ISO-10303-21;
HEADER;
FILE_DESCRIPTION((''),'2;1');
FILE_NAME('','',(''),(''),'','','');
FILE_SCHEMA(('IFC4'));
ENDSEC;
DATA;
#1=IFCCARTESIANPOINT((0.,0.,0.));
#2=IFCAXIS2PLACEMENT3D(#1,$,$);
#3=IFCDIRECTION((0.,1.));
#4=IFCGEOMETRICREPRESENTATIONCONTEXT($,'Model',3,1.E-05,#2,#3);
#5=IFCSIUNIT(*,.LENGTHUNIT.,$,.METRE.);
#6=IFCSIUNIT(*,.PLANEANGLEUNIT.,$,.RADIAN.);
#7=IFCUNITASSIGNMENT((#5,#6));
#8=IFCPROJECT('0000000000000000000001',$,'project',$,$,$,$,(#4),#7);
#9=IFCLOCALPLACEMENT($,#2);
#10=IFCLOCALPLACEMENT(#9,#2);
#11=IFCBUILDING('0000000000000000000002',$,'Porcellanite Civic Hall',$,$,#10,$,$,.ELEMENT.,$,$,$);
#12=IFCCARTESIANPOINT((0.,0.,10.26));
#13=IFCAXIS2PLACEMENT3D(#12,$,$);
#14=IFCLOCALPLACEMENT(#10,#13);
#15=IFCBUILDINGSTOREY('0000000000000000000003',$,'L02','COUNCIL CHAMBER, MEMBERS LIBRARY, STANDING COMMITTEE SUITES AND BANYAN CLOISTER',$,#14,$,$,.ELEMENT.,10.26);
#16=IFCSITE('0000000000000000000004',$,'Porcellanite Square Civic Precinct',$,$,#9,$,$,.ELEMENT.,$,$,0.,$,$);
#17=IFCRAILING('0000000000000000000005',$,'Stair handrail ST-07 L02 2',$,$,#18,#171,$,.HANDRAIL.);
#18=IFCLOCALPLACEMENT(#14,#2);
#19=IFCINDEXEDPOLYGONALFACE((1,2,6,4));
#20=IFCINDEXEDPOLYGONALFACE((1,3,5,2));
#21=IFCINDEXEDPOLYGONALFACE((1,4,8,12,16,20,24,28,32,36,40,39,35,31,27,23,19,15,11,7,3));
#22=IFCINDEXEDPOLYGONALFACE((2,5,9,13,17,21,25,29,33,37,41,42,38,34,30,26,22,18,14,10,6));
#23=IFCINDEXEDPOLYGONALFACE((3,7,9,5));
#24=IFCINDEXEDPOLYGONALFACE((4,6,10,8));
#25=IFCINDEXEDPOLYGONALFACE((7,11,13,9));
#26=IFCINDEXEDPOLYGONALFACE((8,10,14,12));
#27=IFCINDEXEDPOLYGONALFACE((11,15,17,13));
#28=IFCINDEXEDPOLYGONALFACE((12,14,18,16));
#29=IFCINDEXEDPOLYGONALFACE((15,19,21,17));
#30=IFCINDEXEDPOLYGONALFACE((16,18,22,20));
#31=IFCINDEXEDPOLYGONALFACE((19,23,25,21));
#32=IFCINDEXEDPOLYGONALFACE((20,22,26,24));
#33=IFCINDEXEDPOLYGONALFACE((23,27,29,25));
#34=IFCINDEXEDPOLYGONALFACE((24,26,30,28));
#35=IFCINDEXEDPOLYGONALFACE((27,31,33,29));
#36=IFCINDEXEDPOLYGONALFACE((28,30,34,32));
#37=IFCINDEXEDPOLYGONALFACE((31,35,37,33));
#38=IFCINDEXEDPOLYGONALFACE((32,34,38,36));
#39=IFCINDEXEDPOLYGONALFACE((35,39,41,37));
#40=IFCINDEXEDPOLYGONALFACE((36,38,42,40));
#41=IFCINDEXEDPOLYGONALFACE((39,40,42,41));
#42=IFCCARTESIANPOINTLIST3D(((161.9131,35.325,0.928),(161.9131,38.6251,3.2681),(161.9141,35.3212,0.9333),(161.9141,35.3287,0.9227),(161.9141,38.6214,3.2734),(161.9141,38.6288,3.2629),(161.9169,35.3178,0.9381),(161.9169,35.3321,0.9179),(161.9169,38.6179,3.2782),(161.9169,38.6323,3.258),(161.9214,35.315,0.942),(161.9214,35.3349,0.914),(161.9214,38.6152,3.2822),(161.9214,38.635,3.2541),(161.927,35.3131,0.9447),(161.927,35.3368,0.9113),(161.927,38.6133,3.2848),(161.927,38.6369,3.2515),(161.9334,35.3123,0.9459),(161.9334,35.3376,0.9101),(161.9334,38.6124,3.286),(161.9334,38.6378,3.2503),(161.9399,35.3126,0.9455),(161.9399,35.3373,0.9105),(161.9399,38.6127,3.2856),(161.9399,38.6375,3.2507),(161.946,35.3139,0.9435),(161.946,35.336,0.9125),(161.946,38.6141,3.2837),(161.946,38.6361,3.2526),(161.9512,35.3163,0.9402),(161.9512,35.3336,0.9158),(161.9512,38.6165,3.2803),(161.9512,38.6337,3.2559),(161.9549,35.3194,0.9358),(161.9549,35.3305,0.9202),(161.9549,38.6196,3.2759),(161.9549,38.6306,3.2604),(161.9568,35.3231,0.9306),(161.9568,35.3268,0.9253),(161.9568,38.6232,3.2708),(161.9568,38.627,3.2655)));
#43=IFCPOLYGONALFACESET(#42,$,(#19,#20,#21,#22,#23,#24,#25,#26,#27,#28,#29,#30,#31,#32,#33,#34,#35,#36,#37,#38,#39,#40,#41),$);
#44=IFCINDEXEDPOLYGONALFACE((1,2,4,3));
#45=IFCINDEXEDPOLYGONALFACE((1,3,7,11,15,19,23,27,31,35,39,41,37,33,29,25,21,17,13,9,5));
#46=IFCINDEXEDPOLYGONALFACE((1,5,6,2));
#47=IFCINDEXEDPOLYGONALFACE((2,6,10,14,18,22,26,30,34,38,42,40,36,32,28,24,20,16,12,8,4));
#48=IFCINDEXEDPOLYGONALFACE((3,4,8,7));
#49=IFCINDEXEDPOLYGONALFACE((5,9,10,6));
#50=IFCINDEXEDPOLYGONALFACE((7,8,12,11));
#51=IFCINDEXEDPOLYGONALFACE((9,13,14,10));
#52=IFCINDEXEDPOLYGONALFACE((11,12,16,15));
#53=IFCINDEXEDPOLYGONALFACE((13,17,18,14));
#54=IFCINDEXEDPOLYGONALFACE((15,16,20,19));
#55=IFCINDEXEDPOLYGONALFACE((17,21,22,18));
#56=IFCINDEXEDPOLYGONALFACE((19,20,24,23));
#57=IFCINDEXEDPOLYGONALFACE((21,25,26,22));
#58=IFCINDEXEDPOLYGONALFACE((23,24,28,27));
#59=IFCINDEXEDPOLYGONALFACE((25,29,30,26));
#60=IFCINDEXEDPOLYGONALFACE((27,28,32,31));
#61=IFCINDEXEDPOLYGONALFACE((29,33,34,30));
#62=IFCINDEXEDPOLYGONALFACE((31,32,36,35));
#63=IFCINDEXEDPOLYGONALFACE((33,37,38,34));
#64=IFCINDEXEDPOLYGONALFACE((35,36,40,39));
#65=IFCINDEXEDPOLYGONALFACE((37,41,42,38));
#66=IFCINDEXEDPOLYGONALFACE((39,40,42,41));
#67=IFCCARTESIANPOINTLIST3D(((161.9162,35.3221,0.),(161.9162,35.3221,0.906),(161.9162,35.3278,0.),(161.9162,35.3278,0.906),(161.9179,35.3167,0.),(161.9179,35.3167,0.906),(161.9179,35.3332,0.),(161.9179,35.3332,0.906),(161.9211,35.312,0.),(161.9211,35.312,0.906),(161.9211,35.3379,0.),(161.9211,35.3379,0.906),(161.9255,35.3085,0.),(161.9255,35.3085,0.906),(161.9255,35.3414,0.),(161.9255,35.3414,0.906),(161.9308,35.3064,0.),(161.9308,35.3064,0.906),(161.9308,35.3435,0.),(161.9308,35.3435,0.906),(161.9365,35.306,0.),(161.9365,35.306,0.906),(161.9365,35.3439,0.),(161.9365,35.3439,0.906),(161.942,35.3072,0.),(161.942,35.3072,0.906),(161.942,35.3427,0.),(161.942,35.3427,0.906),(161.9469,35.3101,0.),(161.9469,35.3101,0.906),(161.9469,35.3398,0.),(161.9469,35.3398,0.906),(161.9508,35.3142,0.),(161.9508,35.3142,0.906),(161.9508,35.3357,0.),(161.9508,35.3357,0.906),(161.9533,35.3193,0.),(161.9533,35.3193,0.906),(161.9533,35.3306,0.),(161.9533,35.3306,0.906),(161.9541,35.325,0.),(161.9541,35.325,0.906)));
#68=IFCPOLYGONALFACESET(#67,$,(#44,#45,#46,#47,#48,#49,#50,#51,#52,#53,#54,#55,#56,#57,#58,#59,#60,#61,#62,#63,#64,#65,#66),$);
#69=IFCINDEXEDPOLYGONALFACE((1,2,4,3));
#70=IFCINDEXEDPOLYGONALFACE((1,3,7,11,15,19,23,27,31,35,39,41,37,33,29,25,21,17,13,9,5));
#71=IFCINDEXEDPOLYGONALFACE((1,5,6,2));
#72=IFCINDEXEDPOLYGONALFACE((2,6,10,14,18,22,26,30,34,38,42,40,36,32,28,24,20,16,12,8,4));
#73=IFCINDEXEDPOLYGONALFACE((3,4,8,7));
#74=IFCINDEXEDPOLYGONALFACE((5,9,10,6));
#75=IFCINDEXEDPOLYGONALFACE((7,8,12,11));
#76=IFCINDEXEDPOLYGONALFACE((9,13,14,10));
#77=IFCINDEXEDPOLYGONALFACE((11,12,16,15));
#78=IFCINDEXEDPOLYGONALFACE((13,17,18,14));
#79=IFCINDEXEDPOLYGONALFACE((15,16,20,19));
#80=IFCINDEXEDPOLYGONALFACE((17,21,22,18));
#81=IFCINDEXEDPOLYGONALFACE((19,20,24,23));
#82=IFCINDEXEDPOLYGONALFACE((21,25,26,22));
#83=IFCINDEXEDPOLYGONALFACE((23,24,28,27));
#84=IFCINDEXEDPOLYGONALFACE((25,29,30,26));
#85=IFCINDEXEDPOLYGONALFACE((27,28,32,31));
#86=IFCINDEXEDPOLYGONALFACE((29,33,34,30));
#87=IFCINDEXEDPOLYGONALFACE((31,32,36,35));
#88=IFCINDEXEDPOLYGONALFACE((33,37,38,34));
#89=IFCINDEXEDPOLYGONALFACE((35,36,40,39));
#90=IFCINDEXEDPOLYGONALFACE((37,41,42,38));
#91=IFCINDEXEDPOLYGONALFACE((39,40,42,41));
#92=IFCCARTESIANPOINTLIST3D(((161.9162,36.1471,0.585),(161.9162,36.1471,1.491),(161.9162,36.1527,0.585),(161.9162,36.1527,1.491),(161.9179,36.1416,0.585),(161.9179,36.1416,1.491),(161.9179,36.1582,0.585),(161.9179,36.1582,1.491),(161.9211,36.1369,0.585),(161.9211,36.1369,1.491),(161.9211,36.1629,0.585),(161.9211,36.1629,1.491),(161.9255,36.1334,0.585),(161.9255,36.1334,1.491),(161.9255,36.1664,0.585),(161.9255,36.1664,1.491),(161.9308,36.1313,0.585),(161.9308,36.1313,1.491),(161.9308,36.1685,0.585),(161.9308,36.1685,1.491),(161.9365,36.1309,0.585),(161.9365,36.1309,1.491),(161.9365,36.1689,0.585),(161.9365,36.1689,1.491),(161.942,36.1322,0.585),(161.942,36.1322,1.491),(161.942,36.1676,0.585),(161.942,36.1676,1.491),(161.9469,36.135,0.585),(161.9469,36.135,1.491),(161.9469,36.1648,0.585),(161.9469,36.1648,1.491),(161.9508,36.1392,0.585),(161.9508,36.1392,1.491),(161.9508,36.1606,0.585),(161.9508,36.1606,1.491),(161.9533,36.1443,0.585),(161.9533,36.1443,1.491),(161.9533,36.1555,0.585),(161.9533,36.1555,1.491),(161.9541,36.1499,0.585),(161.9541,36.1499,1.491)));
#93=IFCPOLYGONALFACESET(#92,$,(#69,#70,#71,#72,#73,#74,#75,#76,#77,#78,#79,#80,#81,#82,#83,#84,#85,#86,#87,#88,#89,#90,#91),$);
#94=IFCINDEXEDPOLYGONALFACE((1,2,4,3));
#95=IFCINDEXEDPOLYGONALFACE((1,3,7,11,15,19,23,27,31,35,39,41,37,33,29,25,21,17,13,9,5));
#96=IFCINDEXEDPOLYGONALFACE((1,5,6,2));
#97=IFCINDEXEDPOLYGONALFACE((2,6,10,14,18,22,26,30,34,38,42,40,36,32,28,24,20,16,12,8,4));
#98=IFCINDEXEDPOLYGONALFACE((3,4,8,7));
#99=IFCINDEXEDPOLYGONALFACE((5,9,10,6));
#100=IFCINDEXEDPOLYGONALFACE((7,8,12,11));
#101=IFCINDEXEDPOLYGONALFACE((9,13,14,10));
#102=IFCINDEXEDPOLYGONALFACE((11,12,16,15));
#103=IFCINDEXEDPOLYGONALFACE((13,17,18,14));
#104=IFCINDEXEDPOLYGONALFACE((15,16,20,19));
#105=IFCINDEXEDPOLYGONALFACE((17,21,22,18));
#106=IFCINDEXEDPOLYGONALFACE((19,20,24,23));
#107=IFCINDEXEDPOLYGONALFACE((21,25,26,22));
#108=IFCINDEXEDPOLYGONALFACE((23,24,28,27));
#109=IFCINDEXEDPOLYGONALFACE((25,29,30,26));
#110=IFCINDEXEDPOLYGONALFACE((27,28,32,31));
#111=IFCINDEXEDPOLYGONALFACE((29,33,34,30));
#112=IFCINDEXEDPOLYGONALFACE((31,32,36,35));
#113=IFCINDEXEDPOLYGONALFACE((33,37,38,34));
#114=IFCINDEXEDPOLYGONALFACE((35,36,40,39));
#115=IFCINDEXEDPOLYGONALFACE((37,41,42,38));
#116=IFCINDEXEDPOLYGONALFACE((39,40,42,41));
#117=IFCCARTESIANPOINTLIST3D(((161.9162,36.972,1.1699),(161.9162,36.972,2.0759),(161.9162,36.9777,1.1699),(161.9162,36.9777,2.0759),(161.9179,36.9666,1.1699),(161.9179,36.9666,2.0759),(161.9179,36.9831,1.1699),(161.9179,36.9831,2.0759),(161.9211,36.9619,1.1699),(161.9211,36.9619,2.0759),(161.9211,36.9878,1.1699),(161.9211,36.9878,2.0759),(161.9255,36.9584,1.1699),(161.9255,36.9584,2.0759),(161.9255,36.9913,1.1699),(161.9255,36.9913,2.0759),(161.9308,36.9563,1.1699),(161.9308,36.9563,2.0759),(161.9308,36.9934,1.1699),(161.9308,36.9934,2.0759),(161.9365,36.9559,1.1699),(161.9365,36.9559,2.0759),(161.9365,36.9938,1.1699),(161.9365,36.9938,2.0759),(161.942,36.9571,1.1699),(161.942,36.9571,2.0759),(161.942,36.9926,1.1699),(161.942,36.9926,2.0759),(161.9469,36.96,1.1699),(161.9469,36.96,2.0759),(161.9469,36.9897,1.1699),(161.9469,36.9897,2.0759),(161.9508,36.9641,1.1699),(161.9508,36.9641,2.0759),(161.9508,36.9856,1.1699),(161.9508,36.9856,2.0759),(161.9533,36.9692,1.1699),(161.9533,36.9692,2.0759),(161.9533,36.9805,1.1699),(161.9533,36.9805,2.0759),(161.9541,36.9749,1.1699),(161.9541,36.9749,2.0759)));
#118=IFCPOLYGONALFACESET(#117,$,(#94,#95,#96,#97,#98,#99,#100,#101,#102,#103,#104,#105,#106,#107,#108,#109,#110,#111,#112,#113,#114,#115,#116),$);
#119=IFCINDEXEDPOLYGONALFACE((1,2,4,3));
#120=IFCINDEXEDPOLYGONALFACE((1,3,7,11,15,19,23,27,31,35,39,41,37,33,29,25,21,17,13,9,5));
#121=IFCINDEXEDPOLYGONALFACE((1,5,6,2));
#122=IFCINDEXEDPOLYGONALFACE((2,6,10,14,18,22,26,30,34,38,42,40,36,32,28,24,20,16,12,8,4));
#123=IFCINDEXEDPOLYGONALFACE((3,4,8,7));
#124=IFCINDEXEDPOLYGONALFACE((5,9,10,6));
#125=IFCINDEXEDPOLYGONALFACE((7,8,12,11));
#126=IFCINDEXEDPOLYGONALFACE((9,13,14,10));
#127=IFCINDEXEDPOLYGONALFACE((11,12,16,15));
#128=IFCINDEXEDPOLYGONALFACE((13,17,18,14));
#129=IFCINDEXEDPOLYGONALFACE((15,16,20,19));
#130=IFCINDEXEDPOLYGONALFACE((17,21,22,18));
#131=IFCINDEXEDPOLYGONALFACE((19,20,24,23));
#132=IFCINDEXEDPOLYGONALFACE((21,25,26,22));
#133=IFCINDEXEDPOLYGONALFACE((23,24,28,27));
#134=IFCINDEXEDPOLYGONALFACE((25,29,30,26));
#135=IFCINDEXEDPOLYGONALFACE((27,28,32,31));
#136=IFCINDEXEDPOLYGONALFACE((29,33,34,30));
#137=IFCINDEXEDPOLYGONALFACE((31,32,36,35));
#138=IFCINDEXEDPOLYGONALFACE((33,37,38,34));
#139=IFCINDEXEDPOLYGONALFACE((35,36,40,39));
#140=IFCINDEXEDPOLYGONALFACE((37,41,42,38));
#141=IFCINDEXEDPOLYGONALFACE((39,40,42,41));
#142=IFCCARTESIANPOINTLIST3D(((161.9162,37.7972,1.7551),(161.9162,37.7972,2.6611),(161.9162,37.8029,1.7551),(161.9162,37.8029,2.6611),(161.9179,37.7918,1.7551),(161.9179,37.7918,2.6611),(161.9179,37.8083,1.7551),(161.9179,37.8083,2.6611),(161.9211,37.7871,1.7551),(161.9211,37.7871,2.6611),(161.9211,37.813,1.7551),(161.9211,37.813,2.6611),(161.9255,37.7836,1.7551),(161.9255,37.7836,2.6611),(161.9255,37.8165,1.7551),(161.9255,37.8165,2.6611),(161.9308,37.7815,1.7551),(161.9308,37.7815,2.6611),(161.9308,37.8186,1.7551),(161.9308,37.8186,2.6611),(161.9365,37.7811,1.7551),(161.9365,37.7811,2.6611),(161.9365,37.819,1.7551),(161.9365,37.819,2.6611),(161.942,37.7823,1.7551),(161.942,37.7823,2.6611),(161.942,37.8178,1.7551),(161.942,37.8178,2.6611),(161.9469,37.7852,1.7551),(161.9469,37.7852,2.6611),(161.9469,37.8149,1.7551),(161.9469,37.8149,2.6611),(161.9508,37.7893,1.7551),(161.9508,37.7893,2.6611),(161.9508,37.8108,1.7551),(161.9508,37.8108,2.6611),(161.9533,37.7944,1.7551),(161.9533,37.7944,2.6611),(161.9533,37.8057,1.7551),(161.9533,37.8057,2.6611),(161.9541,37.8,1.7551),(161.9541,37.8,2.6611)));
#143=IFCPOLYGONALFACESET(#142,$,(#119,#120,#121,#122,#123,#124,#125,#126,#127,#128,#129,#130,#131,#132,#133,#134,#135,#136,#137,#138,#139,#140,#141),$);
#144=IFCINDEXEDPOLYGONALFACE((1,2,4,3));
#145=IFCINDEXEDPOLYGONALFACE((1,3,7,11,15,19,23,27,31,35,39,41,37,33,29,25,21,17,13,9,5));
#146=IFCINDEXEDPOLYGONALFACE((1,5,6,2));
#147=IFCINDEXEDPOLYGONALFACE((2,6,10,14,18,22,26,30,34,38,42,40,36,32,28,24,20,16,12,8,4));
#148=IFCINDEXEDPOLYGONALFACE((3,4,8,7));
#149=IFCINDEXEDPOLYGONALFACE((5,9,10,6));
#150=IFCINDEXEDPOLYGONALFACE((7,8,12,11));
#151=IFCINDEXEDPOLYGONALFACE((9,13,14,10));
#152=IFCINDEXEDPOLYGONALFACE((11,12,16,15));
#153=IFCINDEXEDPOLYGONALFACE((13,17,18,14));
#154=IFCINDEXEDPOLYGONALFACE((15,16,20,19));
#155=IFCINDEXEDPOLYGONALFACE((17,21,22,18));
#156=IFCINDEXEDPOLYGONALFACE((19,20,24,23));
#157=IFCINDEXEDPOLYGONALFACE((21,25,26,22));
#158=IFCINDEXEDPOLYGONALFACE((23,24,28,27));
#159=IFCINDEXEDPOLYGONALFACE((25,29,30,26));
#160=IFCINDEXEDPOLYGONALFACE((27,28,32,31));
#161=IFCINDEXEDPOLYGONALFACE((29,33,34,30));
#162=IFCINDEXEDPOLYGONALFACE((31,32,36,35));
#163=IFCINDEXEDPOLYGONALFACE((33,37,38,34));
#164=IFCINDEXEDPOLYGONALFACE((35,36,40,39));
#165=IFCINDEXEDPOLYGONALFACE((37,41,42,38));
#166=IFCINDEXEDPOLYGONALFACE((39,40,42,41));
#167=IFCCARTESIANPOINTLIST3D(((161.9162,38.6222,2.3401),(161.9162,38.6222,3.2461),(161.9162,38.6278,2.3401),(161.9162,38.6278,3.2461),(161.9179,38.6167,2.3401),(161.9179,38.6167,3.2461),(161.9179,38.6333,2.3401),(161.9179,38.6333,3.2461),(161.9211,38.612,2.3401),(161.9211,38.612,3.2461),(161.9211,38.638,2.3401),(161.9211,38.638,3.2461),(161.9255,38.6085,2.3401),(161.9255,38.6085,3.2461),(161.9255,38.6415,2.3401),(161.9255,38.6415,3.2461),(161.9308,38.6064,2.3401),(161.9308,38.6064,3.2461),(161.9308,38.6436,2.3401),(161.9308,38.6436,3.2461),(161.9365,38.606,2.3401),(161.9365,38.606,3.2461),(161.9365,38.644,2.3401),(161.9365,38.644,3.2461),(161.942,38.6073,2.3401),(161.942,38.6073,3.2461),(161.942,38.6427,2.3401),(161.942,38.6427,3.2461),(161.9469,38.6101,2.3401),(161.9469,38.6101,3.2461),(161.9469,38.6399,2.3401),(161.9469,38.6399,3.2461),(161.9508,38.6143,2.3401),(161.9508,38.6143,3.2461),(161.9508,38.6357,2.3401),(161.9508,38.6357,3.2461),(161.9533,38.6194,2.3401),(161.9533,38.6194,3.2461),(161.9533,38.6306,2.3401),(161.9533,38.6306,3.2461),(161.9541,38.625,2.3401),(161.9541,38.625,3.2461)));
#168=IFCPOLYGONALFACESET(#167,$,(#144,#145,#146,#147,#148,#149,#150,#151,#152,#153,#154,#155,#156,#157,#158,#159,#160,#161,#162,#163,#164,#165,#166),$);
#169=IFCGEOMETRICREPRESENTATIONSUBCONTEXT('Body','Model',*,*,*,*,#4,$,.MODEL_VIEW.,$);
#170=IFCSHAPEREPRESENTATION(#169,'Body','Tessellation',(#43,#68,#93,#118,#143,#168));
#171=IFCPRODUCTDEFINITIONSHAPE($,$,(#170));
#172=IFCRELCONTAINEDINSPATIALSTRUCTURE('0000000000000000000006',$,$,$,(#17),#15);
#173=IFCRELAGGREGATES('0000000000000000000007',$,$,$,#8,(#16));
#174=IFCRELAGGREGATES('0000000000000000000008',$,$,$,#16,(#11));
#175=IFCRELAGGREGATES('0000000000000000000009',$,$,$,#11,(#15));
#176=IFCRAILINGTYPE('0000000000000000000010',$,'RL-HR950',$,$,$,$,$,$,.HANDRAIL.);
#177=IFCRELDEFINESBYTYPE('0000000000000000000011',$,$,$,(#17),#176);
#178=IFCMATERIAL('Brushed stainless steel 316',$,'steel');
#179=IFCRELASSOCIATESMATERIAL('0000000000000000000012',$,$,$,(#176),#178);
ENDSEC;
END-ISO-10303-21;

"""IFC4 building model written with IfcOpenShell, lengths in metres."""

from ifc_helpers import new_model, si_unit, direction, frame, origin, origin_2d, place, context, subcontext, project, spatial, circle, extrude, material, type_object, element, save


model = new_model("IFC4")

# Units and contexts
model_context = context("Model", 3, precision=1e-05, world=origin(), true_north=direction((0.0, 1.0)))
body_context = subcontext(model_context, "Body", "Model", "MODEL_VIEW")
ifc_project = project(units=[si_unit("LENGTHUNIT", "METRE"), si_unit("PLANEANGLEUNIT", "RADIAN")], contexts=[model_context])

# Site, building, storey
site_placement = place(None, origin())
site = spatial("IfcSite", under=ifc_project, at=site_placement, Name="Porcellanite Square Civic Precinct", CompositionType="ELEMENT", RefElevation=0.0)
building_placement = place(site_placement, origin())
building = spatial("IfcBuilding", under=site, at=building_placement, Name="Porcellanite Civic Hall", CompositionType="ELEMENT")
storey_placement = place(building_placement, frame((0.0, 0.0, 10.26)))
storey = spatial("IfcBuildingStorey", under=building, at=storey_placement, Name="L02", Description="COUNCIL CHAMBER, MEMBERS LIBRARY, STANDING COMMITTEE SUITES AND BANYAN CLOISTER", CompositionType="ELEMENT", Elevation=10.26)

# Railing
ifc_material_1 = material(Name="Brushed stainless steel 316", Category="steel")
railing_type_1 = type_object("IfcRailingType", Name="RL-HR950", PredefinedType="HANDRAIL", material=ifc_material_1)
railing_1_placement = place(storey_placement, frame((161.9351, 35.325, 0.0)))
element("IfcRailing", 1, at=railing_1_placement, inside=storey, type_object=railing_type_1, Name="Stair handrail ST-07 L02 2", PredefinedType="HANDRAIL", context=body_context, shape_type="SweptSolid", body=[
    extrude(circle(Radius=0.022, at=origin_2d()), frame((0.0, 0.0, 0.928), z_axis=(0.0, 0.815727, 0.578438), x_axis=(-1.0, 0.0, 0.0)), (0.0, 0.0, 1.0), 4.0457),
    extrude(circle(Radius=0.019, at=origin_2d()), origin(), (0.0, 0.0, 1.0), 0.906),
    extrude(circle(Radius=0.019, at=origin_2d()), frame((0.0, 0.825, 0.585)), (0.0, 0.0, 1.0), 0.906),
    extrude(circle(Radius=0.019, at=origin_2d()), frame((0.0, 1.6499, 1.1699)), (0.0, 0.0, 1.0), 0.906),
    extrude(circle(Radius=0.019, at=origin_2d()), frame((0.0, 2.4751, 1.7551)), (0.0, 0.0, 1.0), 0.906),
    extrude(circle(Radius=0.019, at=origin_2d()), frame((0.0, 3.3, 2.3401)), (0.0, 0.0, 1.0), 0.906),
])

save(model, "model.ifc")
